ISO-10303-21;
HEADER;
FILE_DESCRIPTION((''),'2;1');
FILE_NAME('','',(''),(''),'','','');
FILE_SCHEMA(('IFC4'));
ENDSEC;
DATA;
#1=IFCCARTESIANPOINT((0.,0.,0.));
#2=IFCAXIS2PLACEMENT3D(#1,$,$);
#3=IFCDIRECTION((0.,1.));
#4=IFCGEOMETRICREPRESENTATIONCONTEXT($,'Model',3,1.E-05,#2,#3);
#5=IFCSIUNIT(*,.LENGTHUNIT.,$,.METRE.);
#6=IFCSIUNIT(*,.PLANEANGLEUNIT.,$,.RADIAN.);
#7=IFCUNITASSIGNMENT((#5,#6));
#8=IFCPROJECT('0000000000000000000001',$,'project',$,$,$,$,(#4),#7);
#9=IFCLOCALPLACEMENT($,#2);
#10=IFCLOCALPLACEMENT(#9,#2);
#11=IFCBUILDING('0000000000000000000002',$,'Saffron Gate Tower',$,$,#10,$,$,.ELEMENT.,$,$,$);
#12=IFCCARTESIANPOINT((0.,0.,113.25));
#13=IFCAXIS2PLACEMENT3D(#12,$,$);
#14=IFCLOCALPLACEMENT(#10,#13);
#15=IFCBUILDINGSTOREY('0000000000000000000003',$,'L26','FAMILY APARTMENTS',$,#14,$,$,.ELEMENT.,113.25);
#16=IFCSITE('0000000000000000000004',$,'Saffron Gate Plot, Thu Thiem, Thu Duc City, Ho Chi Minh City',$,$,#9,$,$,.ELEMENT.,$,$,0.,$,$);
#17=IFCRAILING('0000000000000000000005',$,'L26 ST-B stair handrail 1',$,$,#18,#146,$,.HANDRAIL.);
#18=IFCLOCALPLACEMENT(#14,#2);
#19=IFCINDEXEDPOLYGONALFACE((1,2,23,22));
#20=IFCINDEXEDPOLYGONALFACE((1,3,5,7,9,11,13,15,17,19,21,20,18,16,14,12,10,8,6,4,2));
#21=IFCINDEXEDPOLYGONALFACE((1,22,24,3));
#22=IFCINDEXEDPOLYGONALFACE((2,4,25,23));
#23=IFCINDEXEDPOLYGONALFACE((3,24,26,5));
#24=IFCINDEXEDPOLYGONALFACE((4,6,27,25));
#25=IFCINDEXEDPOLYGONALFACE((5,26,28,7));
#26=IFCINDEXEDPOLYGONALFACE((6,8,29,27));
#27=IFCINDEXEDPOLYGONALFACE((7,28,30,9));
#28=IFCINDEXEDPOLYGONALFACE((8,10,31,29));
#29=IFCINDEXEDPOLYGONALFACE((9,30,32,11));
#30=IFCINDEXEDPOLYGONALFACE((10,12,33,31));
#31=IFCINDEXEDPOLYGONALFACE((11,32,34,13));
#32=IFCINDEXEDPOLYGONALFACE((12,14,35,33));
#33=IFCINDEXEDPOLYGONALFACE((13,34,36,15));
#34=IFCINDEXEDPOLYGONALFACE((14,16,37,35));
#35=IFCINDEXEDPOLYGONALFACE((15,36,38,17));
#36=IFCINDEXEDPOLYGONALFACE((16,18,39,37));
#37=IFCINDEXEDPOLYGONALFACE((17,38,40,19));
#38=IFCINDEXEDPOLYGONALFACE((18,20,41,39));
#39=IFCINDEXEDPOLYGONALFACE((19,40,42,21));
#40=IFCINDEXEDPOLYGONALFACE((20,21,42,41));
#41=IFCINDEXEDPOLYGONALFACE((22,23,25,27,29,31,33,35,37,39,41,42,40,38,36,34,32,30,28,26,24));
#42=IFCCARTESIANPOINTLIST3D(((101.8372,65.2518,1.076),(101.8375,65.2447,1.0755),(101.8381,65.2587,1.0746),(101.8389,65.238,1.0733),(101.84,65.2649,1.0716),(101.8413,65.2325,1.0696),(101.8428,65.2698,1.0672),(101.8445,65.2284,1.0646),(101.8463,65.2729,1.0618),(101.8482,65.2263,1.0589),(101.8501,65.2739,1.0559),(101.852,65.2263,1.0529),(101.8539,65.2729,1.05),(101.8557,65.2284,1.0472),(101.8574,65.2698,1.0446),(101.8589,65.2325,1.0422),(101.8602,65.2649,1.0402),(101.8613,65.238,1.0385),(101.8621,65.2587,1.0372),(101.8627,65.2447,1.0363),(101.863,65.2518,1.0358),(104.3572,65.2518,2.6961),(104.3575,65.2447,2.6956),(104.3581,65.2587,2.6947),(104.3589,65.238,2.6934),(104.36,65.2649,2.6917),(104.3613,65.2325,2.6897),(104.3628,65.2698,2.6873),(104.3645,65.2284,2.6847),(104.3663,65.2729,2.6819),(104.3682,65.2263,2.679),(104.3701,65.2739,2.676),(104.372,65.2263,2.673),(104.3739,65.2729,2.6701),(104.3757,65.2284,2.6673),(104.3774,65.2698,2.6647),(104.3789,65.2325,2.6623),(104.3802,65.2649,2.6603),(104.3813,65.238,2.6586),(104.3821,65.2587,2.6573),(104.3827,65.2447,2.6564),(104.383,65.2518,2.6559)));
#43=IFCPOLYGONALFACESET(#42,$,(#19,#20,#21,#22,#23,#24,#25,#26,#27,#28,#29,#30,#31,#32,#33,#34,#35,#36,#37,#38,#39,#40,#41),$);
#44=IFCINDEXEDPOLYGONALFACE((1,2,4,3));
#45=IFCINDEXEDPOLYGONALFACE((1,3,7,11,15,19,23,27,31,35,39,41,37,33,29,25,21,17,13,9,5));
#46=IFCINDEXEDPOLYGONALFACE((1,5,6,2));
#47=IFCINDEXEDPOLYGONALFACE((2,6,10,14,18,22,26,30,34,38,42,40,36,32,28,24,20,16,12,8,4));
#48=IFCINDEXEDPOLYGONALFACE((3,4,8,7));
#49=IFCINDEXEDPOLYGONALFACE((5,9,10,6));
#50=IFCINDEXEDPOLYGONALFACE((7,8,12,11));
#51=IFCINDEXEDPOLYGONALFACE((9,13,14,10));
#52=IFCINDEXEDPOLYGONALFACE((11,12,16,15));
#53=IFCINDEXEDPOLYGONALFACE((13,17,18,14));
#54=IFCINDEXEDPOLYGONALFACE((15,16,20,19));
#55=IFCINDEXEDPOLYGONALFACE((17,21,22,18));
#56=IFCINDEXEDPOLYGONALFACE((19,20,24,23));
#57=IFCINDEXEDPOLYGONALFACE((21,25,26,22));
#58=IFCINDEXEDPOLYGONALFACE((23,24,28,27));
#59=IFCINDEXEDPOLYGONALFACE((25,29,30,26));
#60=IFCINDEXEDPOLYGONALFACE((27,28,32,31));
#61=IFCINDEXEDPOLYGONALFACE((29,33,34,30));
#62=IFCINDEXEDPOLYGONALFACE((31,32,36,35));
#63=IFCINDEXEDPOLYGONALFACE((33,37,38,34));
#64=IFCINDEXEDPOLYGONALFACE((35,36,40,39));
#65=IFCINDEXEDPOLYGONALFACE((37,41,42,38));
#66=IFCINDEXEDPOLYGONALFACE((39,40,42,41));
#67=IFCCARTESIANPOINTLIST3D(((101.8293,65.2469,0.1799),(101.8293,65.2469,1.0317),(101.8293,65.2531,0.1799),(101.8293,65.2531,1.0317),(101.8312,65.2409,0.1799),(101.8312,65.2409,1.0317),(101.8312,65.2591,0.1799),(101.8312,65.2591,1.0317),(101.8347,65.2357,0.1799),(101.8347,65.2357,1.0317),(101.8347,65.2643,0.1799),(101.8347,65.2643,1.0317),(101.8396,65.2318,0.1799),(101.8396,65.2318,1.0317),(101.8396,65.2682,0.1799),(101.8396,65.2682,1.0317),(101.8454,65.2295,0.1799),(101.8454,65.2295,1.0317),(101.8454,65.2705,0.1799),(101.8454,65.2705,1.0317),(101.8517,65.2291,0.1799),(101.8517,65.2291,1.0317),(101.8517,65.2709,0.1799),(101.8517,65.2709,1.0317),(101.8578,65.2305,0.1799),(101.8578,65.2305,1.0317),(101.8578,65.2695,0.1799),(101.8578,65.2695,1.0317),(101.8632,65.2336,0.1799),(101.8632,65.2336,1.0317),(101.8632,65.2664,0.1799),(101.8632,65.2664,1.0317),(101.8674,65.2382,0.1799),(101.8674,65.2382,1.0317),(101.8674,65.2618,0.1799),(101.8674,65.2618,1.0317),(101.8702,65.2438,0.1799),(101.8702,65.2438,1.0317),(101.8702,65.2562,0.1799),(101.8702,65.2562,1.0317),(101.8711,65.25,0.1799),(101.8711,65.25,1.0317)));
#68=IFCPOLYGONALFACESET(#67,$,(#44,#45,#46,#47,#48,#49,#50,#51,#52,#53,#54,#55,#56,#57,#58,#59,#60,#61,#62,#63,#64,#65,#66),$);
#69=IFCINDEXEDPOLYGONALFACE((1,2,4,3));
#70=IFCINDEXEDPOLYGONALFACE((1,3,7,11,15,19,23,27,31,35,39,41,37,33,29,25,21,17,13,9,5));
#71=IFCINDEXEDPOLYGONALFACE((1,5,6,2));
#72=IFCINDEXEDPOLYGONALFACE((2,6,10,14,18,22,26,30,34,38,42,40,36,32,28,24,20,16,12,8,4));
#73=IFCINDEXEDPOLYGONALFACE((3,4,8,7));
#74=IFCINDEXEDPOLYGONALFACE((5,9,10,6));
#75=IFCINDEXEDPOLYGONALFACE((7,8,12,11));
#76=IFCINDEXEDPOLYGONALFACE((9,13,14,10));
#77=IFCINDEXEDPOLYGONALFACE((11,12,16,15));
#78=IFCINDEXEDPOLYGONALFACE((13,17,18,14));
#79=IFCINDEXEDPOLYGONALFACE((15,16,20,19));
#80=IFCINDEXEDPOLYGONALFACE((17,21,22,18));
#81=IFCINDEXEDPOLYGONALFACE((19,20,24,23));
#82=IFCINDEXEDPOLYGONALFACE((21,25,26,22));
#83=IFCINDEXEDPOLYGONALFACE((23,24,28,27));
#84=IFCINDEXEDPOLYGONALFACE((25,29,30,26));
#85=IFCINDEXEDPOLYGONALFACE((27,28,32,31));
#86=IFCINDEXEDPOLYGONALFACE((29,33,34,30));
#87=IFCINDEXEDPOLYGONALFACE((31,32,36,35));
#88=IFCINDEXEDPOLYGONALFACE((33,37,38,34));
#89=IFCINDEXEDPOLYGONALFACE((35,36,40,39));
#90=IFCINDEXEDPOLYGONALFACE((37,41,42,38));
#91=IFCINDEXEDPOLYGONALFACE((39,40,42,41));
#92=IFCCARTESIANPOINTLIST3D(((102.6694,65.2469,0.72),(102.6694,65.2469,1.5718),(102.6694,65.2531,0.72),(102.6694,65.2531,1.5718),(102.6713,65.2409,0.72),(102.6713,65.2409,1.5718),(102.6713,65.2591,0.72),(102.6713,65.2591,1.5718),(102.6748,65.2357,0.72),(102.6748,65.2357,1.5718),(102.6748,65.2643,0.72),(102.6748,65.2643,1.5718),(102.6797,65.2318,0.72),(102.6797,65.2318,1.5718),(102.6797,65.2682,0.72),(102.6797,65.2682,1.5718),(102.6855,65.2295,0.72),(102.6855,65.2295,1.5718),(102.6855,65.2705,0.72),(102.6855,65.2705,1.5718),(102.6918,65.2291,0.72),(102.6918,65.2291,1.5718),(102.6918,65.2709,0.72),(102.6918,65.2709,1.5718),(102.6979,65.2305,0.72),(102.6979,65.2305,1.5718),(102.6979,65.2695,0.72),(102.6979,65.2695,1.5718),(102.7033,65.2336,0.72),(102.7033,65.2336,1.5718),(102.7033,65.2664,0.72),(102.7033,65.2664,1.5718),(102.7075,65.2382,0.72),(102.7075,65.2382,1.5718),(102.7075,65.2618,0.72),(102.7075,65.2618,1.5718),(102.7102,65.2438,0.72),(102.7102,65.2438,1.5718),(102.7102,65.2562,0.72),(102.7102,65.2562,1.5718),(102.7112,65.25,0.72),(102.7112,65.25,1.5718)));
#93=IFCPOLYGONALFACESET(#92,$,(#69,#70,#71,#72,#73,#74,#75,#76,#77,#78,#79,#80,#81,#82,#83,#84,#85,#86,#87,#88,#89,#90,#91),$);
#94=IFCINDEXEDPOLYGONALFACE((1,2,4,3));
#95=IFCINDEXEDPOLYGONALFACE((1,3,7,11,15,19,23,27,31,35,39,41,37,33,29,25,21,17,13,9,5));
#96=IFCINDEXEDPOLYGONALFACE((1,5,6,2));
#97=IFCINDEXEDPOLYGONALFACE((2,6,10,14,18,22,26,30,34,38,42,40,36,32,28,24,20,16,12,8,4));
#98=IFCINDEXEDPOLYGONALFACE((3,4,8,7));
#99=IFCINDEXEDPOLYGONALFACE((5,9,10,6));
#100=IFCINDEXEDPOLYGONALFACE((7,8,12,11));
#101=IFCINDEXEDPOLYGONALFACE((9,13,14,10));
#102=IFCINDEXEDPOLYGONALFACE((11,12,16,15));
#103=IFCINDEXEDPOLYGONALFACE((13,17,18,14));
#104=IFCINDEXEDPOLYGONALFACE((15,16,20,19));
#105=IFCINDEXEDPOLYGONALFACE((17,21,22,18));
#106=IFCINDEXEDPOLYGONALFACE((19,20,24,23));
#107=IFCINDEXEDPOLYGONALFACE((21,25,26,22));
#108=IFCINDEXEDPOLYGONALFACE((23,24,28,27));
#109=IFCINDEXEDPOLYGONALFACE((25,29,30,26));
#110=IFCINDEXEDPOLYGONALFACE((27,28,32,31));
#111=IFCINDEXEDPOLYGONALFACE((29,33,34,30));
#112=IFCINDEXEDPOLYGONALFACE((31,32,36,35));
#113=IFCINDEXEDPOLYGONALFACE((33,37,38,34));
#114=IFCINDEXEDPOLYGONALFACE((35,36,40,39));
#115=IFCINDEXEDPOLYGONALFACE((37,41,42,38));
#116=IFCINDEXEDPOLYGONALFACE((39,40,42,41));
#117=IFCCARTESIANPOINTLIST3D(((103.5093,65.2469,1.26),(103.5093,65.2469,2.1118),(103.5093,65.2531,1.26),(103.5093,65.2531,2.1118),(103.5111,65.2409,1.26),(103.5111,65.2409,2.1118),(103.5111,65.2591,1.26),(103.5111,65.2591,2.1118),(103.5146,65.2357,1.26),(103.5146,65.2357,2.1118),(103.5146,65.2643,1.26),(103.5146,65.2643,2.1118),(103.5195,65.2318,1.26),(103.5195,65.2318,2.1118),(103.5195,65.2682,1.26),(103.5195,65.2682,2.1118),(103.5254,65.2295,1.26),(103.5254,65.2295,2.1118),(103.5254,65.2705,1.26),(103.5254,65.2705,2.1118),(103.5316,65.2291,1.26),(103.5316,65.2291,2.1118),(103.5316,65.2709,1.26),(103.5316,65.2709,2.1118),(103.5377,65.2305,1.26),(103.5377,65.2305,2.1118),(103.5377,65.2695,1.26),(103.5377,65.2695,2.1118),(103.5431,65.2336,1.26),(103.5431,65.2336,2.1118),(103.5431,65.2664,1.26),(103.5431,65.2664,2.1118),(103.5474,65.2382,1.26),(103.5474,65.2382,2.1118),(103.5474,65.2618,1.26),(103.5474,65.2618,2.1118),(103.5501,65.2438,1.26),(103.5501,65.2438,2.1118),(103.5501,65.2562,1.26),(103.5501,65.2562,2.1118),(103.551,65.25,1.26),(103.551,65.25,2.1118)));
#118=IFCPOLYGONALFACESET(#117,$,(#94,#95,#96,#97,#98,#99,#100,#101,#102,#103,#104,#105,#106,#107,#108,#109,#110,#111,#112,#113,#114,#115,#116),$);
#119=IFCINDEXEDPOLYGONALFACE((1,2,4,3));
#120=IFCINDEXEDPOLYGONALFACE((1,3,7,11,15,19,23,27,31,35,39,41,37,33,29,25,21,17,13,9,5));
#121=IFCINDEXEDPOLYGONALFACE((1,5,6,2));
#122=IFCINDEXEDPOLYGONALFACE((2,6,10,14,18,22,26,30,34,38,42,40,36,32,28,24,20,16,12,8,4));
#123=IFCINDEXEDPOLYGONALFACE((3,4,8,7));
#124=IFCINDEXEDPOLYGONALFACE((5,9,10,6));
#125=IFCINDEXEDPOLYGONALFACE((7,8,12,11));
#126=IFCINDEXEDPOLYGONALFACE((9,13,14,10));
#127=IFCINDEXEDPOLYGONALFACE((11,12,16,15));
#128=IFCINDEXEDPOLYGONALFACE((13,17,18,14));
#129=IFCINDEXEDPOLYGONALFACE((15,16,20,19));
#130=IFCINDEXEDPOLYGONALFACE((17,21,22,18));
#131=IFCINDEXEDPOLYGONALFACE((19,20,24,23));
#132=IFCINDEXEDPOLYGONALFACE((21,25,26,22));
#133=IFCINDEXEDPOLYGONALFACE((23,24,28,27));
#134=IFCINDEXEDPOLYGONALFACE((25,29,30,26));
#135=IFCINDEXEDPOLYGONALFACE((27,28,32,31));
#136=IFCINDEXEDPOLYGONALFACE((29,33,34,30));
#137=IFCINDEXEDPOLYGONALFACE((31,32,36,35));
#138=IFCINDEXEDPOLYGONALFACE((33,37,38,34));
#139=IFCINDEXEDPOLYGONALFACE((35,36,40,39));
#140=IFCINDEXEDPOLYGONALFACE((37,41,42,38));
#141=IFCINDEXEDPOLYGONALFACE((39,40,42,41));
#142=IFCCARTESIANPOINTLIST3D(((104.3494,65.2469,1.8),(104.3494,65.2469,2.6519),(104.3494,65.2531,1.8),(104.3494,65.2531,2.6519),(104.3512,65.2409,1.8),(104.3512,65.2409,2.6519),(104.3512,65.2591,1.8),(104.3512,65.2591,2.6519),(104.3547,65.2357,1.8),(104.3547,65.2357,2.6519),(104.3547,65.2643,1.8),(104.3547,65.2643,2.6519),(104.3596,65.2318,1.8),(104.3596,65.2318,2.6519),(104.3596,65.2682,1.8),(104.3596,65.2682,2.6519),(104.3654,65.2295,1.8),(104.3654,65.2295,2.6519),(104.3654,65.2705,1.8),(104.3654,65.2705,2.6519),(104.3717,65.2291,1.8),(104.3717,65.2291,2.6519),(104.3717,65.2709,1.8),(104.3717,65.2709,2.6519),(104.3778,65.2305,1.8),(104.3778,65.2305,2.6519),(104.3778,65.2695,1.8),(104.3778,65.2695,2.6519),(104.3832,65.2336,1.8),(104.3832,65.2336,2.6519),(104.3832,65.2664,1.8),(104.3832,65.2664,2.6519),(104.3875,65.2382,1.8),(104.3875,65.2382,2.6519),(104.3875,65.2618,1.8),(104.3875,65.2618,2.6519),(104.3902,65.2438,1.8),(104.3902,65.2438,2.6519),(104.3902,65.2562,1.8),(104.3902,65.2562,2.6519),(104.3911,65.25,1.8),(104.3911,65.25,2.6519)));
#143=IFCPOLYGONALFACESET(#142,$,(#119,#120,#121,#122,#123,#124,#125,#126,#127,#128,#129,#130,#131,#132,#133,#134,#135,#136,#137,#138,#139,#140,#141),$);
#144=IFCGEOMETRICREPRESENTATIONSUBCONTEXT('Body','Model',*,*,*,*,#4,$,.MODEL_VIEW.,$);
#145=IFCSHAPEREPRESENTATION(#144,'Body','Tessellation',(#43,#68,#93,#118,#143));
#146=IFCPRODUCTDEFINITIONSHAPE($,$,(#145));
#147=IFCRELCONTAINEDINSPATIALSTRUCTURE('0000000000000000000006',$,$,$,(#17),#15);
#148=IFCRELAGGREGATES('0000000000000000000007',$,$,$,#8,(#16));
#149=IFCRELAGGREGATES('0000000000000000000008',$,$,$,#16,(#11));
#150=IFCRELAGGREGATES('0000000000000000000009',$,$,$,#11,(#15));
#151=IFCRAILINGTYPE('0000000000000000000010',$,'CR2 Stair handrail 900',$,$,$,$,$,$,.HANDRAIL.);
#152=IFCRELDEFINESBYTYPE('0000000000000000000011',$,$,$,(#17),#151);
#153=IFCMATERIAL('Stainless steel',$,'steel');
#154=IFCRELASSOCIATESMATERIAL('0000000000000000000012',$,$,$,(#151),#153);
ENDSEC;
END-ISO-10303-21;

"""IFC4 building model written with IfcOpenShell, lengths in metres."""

from ifc_helpers import new_model, si_unit, direction, frame, origin, origin_2d, place, context, subcontext, project, spatial, circle, extrude, material, type_object, element, save


model = new_model("IFC4")

# Units and contexts
model_context = context("Model", 3, precision=1e-05, world=origin(), true_north=direction((0.0, 1.0)))
body_context = subcontext(model_context, "Body", "Model", "MODEL_VIEW")
ifc_project = project(units=[si_unit("LENGTHUNIT", "METRE"), si_unit("PLANEANGLEUNIT", "RADIAN")], contexts=[model_context])

# Site, building, storey
site_placement = place(None, origin())
site = spatial("IfcSite", under=ifc_project, at=site_placement, Name="Saffron Gate Plot, Thu Thiem, Thu Duc City, Ho Chi Minh City", CompositionType="ELEMENT", RefElevation=0.0)
building_placement = place(site_placement, origin())
building = spatial("IfcBuilding", under=site, at=building_placement, Name="Saffron Gate Tower", CompositionType="ELEMENT")
storey_placement = place(building_placement, frame((0.0, 0.0, 113.25)))
storey = spatial("IfcBuildingStorey", under=building, at=storey_placement, Name="L26", Description="FAMILY APARTMENTS", CompositionType="ELEMENT", Elevation=113.25)

# Railing
ifc_material_1 = material(Name="Stainless steel", Category="steel")
railing_type_1 = type_object("IfcRailingType", Name="CR2 Stair handrail 900", PredefinedType="HANDRAIL", material=ifc_material_1)
railing_1_placement = place(storey_placement, frame((101.8501, 65.25, 0.1799)))
element("IfcRailing", 1, at=railing_1_placement, inside=storey, type_object=railing_type_1, Name="L26 ST-B stair handrail 1", PredefinedType="HANDRAIL", context=body_context, shape_type="SweptSolid", body=[
    extrude(circle(Radius=0.0239, at=origin_2d()), frame((0.0, 0.0, 0.876), z_axis=(0.841163, 0.0, 0.540782), x_axis=(0.0, 1.0, 0.0)), (0.0, 0.0, 1.0), 2.9958),
    extrude(circle(Radius=0.021, at=origin_2d()), origin(), (0.0, 0.0, 1.0), 0.8518),
    extrude(circle(Radius=0.021, at=origin_2d()), frame((0.8401, 0.0, 0.54)), (0.0, 0.0, 1.0), 0.8518),
    extrude(circle(Radius=0.021, at=origin_2d()), frame((1.6799, 0.0, 1.0801)), (0.0, 0.0, 1.0), 0.8518),
    extrude(circle(Radius=0.021, at=origin_2d()), frame((2.52, 0.0, 1.6201)), (0.0, 0.0, 1.0), 0.8518),
])

save(model, "model.ifc")
